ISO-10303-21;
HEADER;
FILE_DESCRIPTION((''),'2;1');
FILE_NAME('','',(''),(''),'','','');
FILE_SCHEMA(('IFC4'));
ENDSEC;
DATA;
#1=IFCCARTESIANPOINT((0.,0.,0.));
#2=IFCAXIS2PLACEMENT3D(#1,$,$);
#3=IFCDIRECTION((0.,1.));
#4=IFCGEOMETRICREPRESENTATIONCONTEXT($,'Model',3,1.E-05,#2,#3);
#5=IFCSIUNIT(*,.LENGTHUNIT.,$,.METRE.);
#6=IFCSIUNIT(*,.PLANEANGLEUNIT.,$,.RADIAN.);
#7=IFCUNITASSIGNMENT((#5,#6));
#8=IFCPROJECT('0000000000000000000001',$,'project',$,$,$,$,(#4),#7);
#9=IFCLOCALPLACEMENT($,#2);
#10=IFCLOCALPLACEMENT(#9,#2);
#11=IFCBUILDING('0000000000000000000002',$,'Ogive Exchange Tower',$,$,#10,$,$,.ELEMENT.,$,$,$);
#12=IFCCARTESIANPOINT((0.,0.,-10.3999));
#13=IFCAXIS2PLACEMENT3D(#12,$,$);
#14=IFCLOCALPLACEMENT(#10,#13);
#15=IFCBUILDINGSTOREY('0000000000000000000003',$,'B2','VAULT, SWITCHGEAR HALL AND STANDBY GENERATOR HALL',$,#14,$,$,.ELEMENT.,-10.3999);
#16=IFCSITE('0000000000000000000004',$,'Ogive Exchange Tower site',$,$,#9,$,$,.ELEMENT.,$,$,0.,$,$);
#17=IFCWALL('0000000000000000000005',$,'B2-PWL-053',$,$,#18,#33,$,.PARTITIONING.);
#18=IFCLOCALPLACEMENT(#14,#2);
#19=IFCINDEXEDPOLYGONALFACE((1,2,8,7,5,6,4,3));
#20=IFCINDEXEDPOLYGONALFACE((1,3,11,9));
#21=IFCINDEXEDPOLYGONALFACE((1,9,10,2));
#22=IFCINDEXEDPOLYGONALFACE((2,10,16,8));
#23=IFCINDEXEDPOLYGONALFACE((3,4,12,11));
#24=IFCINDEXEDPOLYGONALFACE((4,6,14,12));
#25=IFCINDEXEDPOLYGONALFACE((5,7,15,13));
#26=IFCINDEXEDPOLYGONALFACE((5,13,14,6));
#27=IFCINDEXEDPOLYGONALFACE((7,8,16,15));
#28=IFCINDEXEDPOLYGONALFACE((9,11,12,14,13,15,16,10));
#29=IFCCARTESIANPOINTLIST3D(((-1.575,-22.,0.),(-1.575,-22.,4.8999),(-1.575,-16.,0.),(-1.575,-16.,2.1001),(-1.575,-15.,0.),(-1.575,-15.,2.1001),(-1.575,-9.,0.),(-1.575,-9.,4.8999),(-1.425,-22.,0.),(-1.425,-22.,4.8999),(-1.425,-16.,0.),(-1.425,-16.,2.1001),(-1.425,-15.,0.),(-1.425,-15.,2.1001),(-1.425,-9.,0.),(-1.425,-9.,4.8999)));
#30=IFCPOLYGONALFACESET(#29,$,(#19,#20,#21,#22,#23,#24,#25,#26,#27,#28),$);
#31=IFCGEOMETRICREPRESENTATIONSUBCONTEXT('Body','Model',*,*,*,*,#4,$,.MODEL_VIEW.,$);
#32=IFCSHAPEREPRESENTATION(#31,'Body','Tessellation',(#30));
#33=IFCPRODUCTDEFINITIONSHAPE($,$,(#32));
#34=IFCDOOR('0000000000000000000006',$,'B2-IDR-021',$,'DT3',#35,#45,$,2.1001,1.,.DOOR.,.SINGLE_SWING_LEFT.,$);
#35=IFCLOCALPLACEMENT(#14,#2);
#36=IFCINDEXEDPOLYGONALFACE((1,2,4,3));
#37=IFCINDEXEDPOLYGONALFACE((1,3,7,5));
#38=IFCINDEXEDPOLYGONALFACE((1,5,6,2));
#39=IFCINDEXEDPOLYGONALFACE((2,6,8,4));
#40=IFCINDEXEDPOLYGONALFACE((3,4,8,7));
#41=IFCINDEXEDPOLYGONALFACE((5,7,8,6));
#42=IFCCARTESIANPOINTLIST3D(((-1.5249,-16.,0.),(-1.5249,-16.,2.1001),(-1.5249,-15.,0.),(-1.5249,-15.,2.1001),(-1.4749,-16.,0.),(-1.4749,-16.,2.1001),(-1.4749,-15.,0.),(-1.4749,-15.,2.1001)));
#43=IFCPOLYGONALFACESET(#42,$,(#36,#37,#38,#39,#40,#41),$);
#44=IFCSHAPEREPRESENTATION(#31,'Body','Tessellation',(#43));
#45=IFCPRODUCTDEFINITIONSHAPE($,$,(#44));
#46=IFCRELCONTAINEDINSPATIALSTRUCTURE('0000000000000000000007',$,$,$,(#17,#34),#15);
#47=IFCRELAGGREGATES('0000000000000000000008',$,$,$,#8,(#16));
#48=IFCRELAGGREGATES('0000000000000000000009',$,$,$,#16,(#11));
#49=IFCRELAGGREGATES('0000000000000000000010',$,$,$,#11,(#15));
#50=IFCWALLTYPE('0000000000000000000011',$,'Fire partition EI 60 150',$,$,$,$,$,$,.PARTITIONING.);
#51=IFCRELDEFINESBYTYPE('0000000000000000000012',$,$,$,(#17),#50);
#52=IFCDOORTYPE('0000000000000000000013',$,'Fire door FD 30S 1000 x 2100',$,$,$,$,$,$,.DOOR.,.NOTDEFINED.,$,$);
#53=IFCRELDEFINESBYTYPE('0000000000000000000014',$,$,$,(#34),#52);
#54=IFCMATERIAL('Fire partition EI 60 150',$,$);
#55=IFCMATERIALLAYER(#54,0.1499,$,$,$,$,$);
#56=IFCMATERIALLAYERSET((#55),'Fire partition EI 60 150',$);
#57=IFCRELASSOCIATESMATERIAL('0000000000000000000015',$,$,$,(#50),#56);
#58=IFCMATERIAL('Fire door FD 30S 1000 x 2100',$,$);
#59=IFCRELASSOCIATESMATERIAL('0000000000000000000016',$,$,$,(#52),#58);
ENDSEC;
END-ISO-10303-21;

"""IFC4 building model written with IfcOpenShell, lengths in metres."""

from ifc_helpers import new_model, si_unit, direction, frame, frame_2d, origin, place, context, subcontext, project, spatial, rectangle, extrude, material, layer, layer_set, type_object, element, fill, save


model = new_model("IFC4")

# Units and contexts
model_context = context("Model", 3, precision=1e-05, world=origin(), true_north=direction((0.0, 1.0)))
body_context = subcontext(model_context, "Body", "Model", "MODEL_VIEW")
ifc_project = project(units=[si_unit("LENGTHUNIT", "METRE"), si_unit("PLANEANGLEUNIT", "RADIAN")], contexts=[model_context])

# Site, building, storey
site_placement = place(None, origin())
site = spatial("IfcSite", under=ifc_project, at=site_placement, Name="Ogive Exchange Tower site", CompositionType="ELEMENT", RefElevation=0.0)
building_placement = place(site_placement, origin())
building = spatial("IfcBuilding", under=site, at=building_placement, Name="Ogive Exchange Tower", CompositionType="ELEMENT")
storey_placement = place(building_placement, frame((0.0, 0.0, -10.3999)))
storey = spatial("IfcBuildingStorey", under=building, at=storey_placement, Name="B2", Description="VAULT, SWITCHGEAR HALL AND STANDBY GENERATOR HALL", CompositionType="ELEMENT", Elevation=-10.3999)

# Shared definitions
ifc_material_1 = material(Name="Fire partition EI 60 150")
ifc_layer_1 = layer(ifc_material_1, 0.1499)
ifc_layer_set_1 = layer_set([ifc_layer_1], Name="Fire partition EI 60 150")
wall_type_1 = type_object("IfcWallType", Name="Fire partition EI 60 150", PredefinedType="PARTITIONING", material=ifc_layer_set_1)

# Wall, opening, door
ifc_material_2 = material(Name="Fire door FD 30S 1000 x 2100")
door_type_1 = type_object("IfcDoorType", Name="Fire door FD 30S 1000 x 2100", OperationType="NOTDEFINED", PredefinedType="DOOR", material=ifc_material_2)
wall_1_placement = place(storey_placement, frame((-1.5, -22.0, 0.0), z_axis=(0.0, 0.0, 1.0), x_axis=(0.0, 1.0, 0.0)))
wall_1 = element("IfcWall", 1, at=wall_1_placement, inside=storey, type_object=wall_type_1, Name="B2-PWL-053", PredefinedType="PARTITIONING", context=body_context, shape_type="SweptSolid", body=[
    extrude(rectangle(XDim=13.0, YDim=0.1499, at=frame_2d((6.5, 0.0))), origin(), (0.0, 0.0, 1.0), 4.8999),
])
opening_1_placement = place(wall_1_placement, frame((6.0, 0.0, 0.0)))
opening_1 = element("IfcOpeningElement", 2, at=opening_1_placement, cuts=wall_1, PredefinedType="OPENING", context=body_context, shape_type="SweptSolid", body=[
    extrude(rectangle(XDim=1.0, YDim=2.1001, at=frame_2d((0.5, 1.05))), frame((0.0, 0.085, 0.0), z_axis=(0.0, -1.0, 0.0), x_axis=(1.0, 0.0, 0.0)), (0.0, 0.0, 1.0), 0.1699),
])
door_1_placement = place(opening_1_placement, origin())
door_1 = element("IfcDoor", 3, at=door_1_placement, inside=storey, type_object=door_type_1, Name="B2-IDR-021", ObjectType="DT3", OperationType="SINGLE_SWING_LEFT", OverallHeight=2.1001, OverallWidth=1.0, PredefinedType="DOOR", context=body_context, shape_type="SweptSolid", body=[
    extrude(rectangle(XDim=1.0, YDim=2.1001, at=frame_2d((0.5, 1.05))), frame((0.0, 0.0249, 0.0), z_axis=(0.0, -1.0, 0.0), x_axis=(1.0, 0.0, 0.0)), (0.0, 0.0, 1.0), 0.05),
])
fill(opening_1, door_1)

save(model, "model.ifc")
